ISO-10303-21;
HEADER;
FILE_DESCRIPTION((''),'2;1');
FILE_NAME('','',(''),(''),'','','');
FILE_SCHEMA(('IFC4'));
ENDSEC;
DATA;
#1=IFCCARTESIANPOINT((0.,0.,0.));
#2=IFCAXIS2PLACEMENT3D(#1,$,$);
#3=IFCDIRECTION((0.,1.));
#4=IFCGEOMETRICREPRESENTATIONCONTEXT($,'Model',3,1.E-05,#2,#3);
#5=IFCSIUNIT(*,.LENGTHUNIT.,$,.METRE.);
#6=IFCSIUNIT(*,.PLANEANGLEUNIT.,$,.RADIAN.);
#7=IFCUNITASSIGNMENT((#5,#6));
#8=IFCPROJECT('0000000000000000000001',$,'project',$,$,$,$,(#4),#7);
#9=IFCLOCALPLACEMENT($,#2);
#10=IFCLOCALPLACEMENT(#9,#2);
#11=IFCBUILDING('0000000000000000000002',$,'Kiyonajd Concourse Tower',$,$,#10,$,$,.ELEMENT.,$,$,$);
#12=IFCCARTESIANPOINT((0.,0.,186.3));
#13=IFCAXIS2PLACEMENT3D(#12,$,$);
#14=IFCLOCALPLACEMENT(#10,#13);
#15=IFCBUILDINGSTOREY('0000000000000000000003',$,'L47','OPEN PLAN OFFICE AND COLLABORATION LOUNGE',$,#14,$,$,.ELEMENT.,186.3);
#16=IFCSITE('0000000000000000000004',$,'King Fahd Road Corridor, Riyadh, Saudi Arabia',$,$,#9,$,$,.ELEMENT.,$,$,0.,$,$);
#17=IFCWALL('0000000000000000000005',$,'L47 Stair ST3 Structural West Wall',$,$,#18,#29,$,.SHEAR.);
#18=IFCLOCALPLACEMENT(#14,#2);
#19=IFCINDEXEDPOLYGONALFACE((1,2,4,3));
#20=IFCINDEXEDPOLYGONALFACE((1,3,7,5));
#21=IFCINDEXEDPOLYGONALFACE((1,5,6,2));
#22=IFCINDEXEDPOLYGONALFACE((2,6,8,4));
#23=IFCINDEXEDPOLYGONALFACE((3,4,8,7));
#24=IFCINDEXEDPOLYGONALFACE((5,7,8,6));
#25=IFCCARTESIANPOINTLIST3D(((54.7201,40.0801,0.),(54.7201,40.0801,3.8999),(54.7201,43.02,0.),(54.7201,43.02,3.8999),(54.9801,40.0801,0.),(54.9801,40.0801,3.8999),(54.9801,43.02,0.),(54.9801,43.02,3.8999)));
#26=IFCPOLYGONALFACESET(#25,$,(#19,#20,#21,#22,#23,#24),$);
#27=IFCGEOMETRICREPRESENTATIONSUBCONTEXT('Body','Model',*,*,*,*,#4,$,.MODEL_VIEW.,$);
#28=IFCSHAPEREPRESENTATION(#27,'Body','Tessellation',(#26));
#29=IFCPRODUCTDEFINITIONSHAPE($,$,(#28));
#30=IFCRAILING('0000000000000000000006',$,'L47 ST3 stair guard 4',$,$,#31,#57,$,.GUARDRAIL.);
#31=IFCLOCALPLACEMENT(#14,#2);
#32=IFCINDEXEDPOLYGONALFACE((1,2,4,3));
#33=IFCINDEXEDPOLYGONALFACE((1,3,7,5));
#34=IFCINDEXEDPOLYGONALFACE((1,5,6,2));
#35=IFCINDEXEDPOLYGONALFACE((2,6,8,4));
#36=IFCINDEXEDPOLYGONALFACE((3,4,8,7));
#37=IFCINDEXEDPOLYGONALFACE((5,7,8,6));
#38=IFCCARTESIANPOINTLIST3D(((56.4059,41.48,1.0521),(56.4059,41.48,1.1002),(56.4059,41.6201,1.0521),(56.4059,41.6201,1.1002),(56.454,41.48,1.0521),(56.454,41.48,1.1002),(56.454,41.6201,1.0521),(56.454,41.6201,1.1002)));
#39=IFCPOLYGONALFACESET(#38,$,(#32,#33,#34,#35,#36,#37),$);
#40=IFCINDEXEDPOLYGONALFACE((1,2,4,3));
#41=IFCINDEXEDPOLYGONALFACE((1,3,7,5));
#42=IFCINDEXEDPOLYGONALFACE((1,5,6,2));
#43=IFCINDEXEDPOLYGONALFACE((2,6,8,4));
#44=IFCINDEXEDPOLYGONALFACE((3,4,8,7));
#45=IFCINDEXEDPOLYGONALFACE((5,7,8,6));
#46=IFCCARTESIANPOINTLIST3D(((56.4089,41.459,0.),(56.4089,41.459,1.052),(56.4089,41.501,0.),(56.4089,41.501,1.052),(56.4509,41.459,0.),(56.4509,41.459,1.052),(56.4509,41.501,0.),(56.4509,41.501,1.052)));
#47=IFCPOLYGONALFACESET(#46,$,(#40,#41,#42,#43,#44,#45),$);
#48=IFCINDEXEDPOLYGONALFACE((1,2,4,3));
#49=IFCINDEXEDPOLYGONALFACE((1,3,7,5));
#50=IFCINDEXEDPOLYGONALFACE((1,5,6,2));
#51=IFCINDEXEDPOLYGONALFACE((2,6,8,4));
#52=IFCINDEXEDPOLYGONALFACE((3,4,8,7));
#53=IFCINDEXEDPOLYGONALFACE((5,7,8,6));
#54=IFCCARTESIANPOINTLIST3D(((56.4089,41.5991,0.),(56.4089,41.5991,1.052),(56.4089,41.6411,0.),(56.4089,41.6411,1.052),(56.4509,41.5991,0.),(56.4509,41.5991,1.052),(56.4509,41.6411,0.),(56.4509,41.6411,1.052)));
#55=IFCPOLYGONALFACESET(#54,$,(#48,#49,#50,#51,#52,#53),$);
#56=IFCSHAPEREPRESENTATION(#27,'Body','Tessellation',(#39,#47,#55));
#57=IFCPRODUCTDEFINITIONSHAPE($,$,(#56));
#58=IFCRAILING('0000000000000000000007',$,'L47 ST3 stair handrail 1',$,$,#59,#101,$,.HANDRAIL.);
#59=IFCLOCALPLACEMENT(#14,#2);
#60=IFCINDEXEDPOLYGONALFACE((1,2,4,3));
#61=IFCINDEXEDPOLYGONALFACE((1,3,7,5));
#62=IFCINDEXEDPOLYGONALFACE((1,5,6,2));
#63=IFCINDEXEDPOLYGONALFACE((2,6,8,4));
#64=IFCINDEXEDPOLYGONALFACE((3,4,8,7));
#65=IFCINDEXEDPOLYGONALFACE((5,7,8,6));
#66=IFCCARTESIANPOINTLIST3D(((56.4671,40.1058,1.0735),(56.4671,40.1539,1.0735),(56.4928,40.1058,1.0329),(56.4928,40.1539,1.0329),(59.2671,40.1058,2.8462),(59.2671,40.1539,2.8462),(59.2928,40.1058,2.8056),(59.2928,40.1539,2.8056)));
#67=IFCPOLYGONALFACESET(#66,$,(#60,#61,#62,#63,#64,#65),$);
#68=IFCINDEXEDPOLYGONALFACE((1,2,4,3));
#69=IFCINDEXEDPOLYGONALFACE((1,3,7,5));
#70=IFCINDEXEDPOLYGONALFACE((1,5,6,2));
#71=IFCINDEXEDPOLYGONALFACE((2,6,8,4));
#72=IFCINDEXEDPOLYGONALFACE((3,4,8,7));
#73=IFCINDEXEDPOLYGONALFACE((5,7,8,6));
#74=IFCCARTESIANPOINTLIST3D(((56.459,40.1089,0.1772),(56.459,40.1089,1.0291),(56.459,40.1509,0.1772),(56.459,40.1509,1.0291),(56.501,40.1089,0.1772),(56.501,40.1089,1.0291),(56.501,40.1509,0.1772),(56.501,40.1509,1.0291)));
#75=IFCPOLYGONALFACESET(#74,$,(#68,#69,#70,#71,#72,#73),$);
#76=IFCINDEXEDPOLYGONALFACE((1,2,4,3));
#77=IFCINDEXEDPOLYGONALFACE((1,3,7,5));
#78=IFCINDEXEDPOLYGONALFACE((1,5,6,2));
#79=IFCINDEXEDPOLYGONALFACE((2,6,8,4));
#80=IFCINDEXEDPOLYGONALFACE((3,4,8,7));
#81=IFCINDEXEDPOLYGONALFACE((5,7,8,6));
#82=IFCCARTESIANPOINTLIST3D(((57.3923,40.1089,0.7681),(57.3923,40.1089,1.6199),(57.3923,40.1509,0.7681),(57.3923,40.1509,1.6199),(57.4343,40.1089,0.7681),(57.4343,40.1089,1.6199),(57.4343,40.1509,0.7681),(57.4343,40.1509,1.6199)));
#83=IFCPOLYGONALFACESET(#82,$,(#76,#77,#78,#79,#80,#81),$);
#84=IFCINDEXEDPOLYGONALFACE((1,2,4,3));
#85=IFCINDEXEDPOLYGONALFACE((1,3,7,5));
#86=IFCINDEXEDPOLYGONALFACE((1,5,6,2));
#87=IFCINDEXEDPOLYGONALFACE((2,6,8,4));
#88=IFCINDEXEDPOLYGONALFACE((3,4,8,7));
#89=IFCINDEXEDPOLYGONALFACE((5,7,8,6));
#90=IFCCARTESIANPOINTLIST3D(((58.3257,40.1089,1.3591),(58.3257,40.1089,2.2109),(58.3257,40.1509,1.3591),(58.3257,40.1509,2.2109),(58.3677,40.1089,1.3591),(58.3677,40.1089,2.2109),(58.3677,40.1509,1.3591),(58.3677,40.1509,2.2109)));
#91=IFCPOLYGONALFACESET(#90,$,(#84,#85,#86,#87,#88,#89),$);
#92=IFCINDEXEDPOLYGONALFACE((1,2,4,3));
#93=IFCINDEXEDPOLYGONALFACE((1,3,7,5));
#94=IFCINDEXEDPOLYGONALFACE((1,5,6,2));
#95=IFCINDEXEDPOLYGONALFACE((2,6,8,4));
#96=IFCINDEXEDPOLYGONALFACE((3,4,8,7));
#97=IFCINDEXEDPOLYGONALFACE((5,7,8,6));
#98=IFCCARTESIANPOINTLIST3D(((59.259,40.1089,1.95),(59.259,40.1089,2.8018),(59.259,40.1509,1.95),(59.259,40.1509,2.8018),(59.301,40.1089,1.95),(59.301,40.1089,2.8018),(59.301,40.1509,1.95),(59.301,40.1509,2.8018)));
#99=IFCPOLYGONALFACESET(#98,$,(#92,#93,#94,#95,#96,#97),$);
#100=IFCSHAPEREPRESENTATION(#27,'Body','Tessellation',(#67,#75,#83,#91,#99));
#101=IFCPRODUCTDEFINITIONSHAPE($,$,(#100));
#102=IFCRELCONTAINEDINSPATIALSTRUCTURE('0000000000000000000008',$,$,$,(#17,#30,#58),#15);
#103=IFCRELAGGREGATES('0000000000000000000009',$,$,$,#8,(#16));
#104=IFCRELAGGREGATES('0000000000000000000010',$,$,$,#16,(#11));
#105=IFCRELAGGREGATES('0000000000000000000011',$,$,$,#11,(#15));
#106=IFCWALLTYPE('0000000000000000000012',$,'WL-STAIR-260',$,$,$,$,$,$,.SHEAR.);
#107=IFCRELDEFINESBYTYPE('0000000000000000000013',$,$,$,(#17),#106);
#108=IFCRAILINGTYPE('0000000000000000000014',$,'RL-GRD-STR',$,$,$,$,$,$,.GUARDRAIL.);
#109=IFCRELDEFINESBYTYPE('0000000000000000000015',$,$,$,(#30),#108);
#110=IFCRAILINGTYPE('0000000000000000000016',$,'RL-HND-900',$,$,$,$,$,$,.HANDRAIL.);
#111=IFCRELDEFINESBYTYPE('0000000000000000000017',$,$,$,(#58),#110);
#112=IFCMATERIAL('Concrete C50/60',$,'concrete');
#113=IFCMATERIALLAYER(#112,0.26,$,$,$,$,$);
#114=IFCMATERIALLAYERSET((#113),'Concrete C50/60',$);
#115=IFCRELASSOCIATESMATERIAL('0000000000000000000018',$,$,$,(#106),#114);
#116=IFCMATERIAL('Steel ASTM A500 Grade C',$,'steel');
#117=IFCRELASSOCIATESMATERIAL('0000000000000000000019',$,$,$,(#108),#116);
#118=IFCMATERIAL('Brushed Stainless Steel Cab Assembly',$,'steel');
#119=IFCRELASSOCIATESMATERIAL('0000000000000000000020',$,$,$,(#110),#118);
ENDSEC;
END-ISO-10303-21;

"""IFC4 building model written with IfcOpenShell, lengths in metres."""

from ifc_helpers import new_model, si_unit, direction, frame, frame_2d, origin, origin_2d, place, context, subcontext, project, spatial, rectangle, extrude, material, layer, layer_set, type_object, element, save


model = new_model("IFC4")

# Units and contexts
model_context = context("Model", 3, precision=1e-05, world=origin(), true_north=direction((0.0, 1.0)))
body_context = subcontext(model_context, "Body", "Model", "MODEL_VIEW")
ifc_project = project(units=[si_unit("LENGTHUNIT", "METRE"), si_unit("PLANEANGLEUNIT", "RADIAN")], contexts=[model_context])

# Site, building, storey
site_placement = place(None, origin())
site = spatial("IfcSite", under=ifc_project, at=site_placement, Name="King Fahd Road Corridor, Riyadh, Saudi Arabia", CompositionType="ELEMENT", RefElevation=0.0)
building_placement = place(site_placement, origin())
building = spatial("IfcBuilding", under=site, at=building_placement, Name="Kiyonajd Concourse Tower", CompositionType="ELEMENT")
storey_placement = place(building_placement, frame((0.0, 0.0, 186.3)))
storey = spatial("IfcBuildingStorey", under=building, at=storey_placement, Name="L47", Description="OPEN PLAN OFFICE AND COLLABORATION LOUNGE", CompositionType="ELEMENT", Elevation=186.3)

# Shared definitions
ifc_material_1 = material(Name="Concrete C50/60", Category="concrete")

# Shared definitions
ifc_material_2 = material(Name="Brushed Stainless Steel Cab Assembly", Category="steel")

# Shared definitions
ifc_layer_1 = layer(ifc_material_1, 0.26)
ifc_layer_set_1 = layer_set([ifc_layer_1], Name="Concrete C50/60")
wall_type_1 = type_object("IfcWallType", Name="WL-STAIR-260", PredefinedType="SHEAR", material=ifc_layer_set_1)

# Wall
wall_1_placement = place(storey_placement, frame((54.8501, 40.0801, 0.0), z_axis=(0.0, 0.0, 1.0), x_axis=(0.0, 1.0, 0.0)))
element("IfcWall", 1, at=wall_1_placement, inside=storey, type_object=wall_type_1, Name="L47 Stair ST3 Structural West Wall", PredefinedType="SHEAR", context=body_context, shape_type="SweptSolid", body=[
    extrude(rectangle(XDim=2.9399, YDim=0.26, at=frame_2d((1.47, 0.0))), origin(), (0.0, 0.0, 1.0), 3.8999),
])

# Railings
ifc_material_3 = material(Name="Steel ASTM A500 Grade C", Category="steel")
railing_type_1 = type_object("IfcRailingType", Name="RL-GRD-STR", PredefinedType="GUARDRAIL", material=ifc_material_3)
railing_1_placement = place(storey_placement, frame((56.4299, 41.48, 0.0)))
element("IfcRailing", 2, at=railing_1_placement, inside=storey, type_object=railing_type_1, Name="L47 ST3 stair guard 4", PredefinedType="GUARDRAIL", context=body_context, shape_type="SweptSolid", body=[
    extrude(rectangle(XDim=0.0481, YDim=0.0481, at=origin_2d()), frame((0.0, 0.0, 1.0762), z_axis=(0.0, 1.0, 0.0), x_axis=(-1.0, 0.0, 0.0)), (0.0, 0.0, 1.0), 0.1401),
    extrude(rectangle(XDim=0.042, YDim=0.042, at=origin_2d()), origin(), (0.0, 0.0, 1.0), 1.052),
    extrude(rectangle(XDim=0.042, YDim=0.042, at=origin_2d()), frame((0.0, 0.1401, 0.0)), (0.0, 0.0, 1.0), 1.052),
])
railing_type_2 = type_object("IfcRailingType", Name="RL-HND-900", PredefinedType="HANDRAIL", material=ifc_material_2)
railing_2_placement = place(storey_placement, frame((56.48, 40.1299, 0.1772)))
element("IfcRailing", 3, at=railing_2_placement, inside=storey, type_object=railing_type_2, Name="L47 ST3 stair handrail 1", PredefinedType="HANDRAIL", context=body_context, shape_type="SweptSolid", body=[
    extrude(rectangle(XDim=0.0481, YDim=0.0481, at=origin_2d()), frame((0.0, 0.0, 0.876), z_axis=(0.844909, 0.0, 0.53491), x_axis=(0.0, 1.0, 0.0)), (0.0, 0.0, 1.0), 3.314),
    extrude(rectangle(XDim=0.042, YDim=0.042, at=origin_2d()), origin(), (0.0, 0.0, 1.0), 0.8518),
    extrude(rectangle(XDim=0.042, YDim=0.042, at=origin_2d()), frame((0.9333, 0.0, 0.5908)), (0.0, 0.0, 1.0), 0.8518),
    extrude(rectangle(XDim=0.042, YDim=0.042, at=origin_2d()), frame((1.8667, 0.0, 1.1819)), (0.0, 0.0, 1.0), 0.8518),
    extrude(rectangle(XDim=0.042, YDim=0.042, at=origin_2d()), frame((2.8, 0.0, 1.7727)), (0.0, 0.0, 1.0), 0.8518),
])

save(model, "model.ifc")
